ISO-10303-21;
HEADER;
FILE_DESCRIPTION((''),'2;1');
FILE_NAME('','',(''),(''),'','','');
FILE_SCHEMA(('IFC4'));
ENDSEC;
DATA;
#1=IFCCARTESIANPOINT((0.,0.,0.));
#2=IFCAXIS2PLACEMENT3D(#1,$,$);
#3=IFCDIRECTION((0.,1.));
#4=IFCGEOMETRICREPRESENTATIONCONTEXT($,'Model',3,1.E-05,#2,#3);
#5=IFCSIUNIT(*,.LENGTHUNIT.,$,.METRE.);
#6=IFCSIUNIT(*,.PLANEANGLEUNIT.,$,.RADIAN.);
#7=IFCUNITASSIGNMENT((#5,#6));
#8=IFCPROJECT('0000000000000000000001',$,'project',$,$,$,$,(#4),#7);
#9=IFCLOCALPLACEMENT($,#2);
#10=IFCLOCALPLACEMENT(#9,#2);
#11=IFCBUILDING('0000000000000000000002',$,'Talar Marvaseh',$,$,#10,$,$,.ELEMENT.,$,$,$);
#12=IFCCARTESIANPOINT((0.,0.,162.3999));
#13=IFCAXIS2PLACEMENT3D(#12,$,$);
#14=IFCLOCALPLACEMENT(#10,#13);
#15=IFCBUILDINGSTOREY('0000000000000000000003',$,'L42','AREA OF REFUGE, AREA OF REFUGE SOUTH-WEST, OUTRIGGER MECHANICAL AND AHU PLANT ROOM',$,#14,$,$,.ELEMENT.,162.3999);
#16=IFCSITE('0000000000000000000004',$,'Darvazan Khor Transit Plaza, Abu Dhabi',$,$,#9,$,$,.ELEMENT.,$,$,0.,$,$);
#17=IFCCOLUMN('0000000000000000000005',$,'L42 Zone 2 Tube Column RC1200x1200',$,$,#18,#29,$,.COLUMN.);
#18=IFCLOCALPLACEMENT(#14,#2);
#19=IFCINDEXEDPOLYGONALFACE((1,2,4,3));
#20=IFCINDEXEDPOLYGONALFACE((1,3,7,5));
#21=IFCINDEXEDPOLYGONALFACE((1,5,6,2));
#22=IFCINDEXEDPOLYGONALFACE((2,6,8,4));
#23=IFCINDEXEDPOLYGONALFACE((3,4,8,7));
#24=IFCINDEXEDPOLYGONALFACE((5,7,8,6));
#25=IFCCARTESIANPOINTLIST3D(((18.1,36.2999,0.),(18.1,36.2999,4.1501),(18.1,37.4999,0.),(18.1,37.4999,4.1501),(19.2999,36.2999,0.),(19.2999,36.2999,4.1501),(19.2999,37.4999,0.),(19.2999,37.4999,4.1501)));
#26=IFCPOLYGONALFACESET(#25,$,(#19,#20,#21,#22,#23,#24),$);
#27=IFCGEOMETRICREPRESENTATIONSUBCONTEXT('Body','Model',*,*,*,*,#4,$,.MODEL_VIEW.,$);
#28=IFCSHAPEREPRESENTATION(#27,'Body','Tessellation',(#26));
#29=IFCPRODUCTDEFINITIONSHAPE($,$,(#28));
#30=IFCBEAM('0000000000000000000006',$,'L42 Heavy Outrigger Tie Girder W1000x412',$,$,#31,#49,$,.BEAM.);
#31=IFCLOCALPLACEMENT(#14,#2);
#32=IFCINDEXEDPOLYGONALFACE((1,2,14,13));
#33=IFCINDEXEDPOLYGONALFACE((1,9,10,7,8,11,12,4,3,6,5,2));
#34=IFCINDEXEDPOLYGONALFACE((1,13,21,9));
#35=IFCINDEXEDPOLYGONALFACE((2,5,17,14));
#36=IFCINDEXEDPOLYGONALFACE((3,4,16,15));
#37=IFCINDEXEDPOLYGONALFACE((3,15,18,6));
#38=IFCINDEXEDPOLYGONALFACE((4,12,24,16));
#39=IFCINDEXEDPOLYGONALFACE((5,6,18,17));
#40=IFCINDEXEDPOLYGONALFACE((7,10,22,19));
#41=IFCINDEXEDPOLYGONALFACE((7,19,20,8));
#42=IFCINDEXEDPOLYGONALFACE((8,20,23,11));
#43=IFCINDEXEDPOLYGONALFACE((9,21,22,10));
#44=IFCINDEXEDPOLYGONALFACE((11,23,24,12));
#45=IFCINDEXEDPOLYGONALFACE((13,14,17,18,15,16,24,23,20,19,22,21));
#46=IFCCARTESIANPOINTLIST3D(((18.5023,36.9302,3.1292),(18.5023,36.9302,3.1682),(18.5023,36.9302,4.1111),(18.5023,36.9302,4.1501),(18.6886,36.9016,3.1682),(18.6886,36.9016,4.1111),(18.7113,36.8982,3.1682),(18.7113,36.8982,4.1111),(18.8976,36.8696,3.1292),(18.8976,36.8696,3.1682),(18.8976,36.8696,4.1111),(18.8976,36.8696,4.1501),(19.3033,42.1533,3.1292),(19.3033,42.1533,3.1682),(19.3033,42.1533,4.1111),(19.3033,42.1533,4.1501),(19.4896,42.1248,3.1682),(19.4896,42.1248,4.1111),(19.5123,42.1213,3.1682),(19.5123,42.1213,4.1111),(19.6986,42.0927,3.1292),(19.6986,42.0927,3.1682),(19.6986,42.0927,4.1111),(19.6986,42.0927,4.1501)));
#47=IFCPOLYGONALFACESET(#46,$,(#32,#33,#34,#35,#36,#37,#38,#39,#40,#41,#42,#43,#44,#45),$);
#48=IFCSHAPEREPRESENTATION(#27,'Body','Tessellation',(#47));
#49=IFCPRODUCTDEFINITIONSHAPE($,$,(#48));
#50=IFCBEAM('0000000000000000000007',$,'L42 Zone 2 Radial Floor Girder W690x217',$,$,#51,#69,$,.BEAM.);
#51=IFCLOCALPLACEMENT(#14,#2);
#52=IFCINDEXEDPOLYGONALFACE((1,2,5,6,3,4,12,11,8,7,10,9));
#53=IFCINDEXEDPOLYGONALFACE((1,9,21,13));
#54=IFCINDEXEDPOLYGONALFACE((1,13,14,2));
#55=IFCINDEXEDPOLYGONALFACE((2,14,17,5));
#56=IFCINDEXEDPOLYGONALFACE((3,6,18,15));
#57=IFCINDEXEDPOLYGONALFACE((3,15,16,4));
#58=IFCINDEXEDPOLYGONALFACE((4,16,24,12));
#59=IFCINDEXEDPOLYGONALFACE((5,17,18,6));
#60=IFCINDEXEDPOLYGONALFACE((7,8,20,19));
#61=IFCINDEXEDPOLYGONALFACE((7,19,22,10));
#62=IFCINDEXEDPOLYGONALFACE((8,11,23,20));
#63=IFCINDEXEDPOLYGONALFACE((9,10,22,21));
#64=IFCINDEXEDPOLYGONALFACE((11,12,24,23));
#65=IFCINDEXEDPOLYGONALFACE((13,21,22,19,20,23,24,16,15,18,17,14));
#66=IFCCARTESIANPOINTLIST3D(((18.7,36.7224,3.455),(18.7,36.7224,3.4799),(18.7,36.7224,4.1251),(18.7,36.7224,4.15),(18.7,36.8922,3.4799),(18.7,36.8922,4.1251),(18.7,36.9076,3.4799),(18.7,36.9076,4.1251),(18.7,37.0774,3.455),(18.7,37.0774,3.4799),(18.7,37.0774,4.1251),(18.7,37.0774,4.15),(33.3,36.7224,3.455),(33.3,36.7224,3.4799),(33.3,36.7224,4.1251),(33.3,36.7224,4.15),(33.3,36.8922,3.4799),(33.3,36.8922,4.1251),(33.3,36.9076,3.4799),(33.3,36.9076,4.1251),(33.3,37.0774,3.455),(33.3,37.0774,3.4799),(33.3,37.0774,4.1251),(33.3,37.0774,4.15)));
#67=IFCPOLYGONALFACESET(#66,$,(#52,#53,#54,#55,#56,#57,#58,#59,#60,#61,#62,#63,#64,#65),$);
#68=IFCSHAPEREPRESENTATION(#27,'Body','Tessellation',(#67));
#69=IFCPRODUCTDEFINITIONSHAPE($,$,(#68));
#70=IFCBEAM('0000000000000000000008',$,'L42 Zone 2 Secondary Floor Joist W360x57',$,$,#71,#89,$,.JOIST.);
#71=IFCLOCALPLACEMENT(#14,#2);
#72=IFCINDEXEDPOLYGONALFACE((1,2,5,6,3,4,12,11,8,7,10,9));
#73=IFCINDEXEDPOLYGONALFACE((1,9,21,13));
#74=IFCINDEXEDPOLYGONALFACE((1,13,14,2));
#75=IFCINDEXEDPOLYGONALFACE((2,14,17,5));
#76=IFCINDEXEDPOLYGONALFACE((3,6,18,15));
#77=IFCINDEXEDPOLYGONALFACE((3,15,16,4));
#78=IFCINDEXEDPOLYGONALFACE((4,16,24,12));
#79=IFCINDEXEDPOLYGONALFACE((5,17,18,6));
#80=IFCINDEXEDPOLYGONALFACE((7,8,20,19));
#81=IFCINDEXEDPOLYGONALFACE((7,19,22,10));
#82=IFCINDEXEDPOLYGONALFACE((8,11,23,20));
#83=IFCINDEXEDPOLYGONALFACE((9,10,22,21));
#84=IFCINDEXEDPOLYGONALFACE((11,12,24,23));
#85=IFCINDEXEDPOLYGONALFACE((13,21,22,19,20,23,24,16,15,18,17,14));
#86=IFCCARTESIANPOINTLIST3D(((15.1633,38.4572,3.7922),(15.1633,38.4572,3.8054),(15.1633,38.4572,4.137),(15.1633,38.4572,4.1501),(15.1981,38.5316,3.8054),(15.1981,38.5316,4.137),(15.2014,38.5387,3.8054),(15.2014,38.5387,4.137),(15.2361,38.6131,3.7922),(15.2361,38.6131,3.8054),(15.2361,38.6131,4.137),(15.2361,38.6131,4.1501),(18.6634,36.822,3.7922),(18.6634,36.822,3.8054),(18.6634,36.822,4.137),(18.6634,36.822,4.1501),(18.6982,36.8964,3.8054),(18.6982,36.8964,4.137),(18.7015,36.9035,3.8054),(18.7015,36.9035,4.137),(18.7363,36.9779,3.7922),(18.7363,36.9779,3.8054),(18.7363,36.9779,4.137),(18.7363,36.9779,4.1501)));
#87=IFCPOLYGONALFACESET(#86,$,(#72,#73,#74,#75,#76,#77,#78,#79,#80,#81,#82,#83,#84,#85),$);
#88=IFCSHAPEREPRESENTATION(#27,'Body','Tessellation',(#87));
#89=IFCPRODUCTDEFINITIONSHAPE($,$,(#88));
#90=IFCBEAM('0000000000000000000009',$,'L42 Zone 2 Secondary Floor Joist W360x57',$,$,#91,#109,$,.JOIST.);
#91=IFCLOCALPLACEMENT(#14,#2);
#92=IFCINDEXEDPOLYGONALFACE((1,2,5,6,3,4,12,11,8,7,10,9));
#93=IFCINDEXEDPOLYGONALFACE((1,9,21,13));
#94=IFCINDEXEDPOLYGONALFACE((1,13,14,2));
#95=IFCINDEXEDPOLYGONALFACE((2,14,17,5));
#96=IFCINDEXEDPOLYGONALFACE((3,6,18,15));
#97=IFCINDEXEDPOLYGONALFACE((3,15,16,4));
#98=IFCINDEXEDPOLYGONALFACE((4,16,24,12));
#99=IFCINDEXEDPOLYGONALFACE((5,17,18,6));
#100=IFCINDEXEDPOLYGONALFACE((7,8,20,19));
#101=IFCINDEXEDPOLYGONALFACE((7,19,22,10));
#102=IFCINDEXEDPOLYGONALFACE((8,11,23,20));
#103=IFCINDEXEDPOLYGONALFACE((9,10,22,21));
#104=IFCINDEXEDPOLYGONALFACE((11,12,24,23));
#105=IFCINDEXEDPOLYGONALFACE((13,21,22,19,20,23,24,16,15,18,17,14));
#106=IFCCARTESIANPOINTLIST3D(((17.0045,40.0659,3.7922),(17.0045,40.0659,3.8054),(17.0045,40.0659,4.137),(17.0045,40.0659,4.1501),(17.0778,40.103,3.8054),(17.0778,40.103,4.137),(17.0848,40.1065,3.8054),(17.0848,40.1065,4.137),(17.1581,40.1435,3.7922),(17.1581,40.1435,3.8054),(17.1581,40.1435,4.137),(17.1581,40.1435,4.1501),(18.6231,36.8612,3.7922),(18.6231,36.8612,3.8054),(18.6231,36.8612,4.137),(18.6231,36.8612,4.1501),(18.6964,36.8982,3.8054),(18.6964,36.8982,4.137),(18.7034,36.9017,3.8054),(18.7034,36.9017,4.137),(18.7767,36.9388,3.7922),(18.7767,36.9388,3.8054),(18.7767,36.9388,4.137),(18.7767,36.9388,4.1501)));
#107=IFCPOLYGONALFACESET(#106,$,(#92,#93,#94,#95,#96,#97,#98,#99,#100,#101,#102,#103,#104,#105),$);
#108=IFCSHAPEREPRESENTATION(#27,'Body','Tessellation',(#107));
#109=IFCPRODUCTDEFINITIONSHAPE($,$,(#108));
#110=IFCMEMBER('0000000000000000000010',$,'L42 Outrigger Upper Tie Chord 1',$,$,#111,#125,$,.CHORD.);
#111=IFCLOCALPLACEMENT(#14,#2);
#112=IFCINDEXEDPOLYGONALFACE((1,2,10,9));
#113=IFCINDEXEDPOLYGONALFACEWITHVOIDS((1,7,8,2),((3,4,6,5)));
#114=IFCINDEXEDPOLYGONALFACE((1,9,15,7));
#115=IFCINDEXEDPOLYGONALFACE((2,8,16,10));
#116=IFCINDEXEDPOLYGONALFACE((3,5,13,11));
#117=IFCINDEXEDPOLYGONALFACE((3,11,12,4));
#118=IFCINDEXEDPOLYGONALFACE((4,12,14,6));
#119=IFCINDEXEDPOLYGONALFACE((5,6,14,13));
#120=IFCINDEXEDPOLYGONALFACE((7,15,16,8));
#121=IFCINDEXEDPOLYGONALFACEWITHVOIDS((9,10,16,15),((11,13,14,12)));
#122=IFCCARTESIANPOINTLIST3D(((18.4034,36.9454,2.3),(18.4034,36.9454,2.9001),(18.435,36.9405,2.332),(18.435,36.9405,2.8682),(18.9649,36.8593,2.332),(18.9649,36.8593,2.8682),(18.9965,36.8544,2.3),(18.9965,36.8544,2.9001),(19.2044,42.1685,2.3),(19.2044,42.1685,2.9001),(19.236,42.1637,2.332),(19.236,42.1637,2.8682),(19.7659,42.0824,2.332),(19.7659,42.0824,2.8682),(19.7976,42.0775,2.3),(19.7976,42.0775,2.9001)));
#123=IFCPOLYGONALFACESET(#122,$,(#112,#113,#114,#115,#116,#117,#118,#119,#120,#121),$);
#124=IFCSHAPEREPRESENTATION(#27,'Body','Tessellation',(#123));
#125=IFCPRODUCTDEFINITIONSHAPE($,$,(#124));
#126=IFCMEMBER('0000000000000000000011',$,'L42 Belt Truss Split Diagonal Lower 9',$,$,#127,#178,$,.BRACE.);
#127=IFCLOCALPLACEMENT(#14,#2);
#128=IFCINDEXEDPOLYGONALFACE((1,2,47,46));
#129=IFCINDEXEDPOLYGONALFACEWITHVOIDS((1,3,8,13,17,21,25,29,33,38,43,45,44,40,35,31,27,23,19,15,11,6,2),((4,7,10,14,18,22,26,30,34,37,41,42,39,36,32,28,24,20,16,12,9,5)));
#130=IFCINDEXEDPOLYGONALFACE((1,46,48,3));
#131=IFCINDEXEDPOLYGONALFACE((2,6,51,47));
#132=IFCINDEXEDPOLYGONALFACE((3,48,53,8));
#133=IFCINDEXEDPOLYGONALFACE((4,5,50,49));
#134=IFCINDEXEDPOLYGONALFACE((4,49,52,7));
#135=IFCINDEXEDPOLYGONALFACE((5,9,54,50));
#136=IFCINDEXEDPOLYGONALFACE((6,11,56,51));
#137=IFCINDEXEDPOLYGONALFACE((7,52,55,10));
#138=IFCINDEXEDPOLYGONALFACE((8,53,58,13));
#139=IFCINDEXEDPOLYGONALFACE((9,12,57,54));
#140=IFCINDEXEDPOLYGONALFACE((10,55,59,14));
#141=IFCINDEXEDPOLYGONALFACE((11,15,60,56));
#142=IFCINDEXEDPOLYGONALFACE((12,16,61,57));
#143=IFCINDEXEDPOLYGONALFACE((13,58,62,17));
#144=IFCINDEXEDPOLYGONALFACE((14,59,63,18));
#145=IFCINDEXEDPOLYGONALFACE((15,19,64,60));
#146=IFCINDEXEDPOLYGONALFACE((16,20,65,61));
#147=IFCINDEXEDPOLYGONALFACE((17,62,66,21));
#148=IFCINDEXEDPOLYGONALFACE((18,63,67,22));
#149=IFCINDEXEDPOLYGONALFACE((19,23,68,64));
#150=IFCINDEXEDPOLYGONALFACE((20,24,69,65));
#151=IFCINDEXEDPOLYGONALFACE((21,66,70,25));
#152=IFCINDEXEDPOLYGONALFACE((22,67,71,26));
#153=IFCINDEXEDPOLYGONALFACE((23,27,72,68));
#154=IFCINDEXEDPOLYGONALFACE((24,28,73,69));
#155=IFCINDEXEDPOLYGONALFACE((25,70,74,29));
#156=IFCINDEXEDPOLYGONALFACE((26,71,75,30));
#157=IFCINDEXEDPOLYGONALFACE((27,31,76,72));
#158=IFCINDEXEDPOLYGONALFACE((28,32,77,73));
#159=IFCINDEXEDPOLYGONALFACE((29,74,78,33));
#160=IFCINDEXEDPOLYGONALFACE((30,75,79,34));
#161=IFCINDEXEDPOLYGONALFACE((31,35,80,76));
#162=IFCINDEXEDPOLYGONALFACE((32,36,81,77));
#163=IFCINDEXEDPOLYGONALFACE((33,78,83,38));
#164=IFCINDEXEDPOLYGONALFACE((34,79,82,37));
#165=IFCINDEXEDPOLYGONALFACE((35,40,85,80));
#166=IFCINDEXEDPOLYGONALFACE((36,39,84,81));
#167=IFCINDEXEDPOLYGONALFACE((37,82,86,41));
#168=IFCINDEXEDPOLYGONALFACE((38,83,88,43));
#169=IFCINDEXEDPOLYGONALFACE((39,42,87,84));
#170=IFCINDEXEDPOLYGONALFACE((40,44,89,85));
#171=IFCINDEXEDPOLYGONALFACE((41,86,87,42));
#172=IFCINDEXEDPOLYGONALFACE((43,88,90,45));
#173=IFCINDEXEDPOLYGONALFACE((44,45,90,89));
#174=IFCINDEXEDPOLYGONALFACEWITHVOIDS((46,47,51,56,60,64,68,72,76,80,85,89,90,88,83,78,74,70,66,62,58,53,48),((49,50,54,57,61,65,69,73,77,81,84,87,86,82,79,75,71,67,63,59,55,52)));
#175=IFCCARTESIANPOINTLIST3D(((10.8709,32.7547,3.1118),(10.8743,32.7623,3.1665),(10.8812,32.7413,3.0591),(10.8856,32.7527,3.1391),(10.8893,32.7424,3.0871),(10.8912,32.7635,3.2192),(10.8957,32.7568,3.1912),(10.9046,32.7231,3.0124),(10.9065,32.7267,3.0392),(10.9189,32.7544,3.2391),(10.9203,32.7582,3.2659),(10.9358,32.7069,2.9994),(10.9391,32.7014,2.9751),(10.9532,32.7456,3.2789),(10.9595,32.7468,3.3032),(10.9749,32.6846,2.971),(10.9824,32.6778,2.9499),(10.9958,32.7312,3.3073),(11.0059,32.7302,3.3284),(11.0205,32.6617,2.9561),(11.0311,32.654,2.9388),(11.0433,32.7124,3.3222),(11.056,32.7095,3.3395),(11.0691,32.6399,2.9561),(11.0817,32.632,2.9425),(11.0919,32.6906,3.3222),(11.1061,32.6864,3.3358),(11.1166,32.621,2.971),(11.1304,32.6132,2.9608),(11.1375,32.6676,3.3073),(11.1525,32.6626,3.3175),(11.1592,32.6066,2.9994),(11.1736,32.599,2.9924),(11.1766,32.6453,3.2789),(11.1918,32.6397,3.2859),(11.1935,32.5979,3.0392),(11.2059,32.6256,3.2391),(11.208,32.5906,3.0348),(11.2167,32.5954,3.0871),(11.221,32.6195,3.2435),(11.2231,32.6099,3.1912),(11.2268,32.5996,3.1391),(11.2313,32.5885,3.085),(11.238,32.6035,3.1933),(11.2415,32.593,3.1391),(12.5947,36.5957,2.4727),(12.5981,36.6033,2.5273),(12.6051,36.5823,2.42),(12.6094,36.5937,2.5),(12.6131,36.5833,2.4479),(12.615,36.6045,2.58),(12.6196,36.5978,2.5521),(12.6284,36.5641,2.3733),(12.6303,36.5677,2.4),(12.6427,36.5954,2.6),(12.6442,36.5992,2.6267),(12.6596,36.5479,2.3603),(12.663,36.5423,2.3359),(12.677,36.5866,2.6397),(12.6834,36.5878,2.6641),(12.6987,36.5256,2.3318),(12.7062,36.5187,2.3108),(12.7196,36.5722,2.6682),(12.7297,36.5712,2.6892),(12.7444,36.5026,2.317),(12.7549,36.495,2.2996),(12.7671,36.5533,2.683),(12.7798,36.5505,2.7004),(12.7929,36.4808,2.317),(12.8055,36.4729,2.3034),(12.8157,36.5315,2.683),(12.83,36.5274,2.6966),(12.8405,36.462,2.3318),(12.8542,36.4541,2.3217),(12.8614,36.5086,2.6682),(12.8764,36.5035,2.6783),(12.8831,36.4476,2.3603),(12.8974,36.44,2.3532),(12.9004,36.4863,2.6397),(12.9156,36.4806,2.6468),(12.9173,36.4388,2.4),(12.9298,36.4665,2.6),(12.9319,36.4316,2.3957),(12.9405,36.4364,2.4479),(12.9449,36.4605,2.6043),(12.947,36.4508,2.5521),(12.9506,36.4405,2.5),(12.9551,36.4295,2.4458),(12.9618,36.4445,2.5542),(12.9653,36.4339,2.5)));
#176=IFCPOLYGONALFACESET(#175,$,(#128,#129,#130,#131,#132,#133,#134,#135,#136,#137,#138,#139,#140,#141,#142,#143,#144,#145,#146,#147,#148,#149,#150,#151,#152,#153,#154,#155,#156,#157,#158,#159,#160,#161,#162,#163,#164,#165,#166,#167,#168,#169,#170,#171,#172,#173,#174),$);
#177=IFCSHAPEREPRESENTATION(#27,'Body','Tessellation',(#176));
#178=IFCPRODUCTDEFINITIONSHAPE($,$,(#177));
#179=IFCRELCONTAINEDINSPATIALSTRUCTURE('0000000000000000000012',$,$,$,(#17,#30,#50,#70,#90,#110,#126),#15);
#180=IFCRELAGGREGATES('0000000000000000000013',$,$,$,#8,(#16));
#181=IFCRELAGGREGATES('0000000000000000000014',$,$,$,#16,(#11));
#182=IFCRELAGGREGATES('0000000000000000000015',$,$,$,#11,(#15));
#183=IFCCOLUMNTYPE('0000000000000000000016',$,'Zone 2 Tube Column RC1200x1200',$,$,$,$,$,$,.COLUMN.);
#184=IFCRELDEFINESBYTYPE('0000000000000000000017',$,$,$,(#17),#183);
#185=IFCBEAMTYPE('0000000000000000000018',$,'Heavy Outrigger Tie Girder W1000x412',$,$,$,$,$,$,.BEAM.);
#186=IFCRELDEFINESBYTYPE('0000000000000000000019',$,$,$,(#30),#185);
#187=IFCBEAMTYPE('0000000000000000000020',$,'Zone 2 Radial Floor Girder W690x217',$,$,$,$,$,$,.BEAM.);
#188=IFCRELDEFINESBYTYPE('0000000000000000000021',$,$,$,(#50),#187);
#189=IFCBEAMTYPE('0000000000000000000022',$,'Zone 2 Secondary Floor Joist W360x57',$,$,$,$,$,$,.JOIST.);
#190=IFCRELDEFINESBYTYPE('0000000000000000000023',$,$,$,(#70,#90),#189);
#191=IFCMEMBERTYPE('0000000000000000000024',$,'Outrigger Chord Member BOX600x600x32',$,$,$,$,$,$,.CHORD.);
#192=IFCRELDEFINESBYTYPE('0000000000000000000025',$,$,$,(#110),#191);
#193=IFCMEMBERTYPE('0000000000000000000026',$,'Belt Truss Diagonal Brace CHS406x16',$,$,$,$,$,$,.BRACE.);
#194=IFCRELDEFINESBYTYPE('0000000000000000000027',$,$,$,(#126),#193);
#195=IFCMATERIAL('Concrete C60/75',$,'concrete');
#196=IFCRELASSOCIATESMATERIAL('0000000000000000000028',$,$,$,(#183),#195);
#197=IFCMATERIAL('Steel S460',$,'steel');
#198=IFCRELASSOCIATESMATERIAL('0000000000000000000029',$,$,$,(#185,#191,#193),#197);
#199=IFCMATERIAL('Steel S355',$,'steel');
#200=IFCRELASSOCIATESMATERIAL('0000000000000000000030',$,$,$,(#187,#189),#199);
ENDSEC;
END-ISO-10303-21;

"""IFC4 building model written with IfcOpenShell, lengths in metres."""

from ifc_helpers import new_model, si_unit, direction, frame, origin, origin_2d, place, context, subcontext, project, spatial, rectangle, hollow_rectangle, hollow_circle, i_section, extrude, source, transform, mapped, material, material_profile, profile_set, type_object, type_shapes, element, save


model = new_model("IFC4")

# Units and contexts
model_context = context("Model", 3, precision=1e-05, world=origin(), true_north=direction((0.0, 1.0)))
body_context = subcontext(model_context, "Body", "Model", "MODEL_VIEW")
ifc_project = project(units=[si_unit("LENGTHUNIT", "METRE"), si_unit("PLANEANGLEUNIT", "RADIAN")], contexts=[model_context])

# Site, building, storey
site_placement = place(None, origin())
site = spatial("IfcSite", under=ifc_project, at=site_placement, Name="Darvazan Khor Transit Plaza, Abu Dhabi", CompositionType="ELEMENT", RefElevation=0.0)
building_placement = place(site_placement, origin())
building = spatial("IfcBuilding", under=site, at=building_placement, Name="Talar Marvaseh", CompositionType="ELEMENT")
storey_placement = place(building_placement, frame((0.0, 0.0, 162.3999)))
storey = spatial("IfcBuildingStorey", under=building, at=storey_placement, Name="L42", Description="AREA OF REFUGE, AREA OF REFUGE SOUTH-WEST, OUTRIGGER MECHANICAL AND AHU PLANT ROOM", CompositionType="ELEMENT", Elevation=162.3999)

# Column
ifc_material_1 = material(Name="Concrete C60/75", Category="concrete")
ifc_material_profile_1 = material_profile(ifc_material_1, rectangle(XDim=1.2, YDim=1.2, at=origin_2d()), Name="RC1200x1200")
ifc_profile_set_1 = profile_set([ifc_material_profile_1], Name="Concrete C60/75")
column_type = type_object("IfcColumnType", Name="Zone 2 Tube Column RC1200x1200", PredefinedType="COLUMN", material=ifc_profile_set_1)
column_placement = place(storey_placement, frame((18.7, 36.8999, 0.0), z_axis=(0.0, 0.0, 1.0), x_axis=(1.0, 0.0, 0.0)))
element("IfcColumn", 1, at=column_placement, inside=storey, type_object=column_type, Name="L42 Zone 2 Tube Column RC1200x1200", PredefinedType="COLUMN", context=body_context, shape_type="SweptSolid", body=[
    extrude(rectangle(XDim=1.2, YDim=1.2, at=origin_2d()), origin(), (0.0, 0.0, 1.0), 4.1501),
])

# Beams
ifc_material_2 = material(Name="Steel S460", Category="steel")
ifc_material_profile_2 = material_profile(ifc_material_2, i_section(OverallWidth=0.3999, OverallDepth=1.021, WebThickness=0.0229, FlangeThickness=0.0391, at=origin_2d()), Name="W1000x412")
ifc_profile_set_2 = profile_set([ifc_material_profile_2], Name="Steel S460")
beam_type_1 = type_object("IfcBeamType", Name="Heavy Outrigger Tie Girder W1000x412", PredefinedType="BEAM", material=ifc_profile_set_2)
beam_1_placement = place(storey_placement, frame((18.7, 36.8999, 3.6396), z_axis=(0.151588, 0.988444, 0.0), x_axis=(-0.988444, 0.151588, 0.0)))
element("IfcBeam", 2, at=beam_1_placement, inside=storey, type_object=beam_type_1, Name="L42 Heavy Outrigger Tie Girder W1000x412", PredefinedType="BEAM", context=body_context, shape_type="SweptSolid", body=[
    extrude(i_section(OverallWidth=0.3999, OverallDepth=1.021, WebThickness=0.0229, FlangeThickness=0.0391, at=origin_2d()), origin(), (0.0, 0.0, 1.0), 5.2842),
])
ifc_material_3 = material(Name="Steel S355", Category="steel")
ifc_material_profile_3 = material_profile(ifc_material_3, i_section(OverallWidth=0.355, OverallDepth=0.6951, WebThickness=0.0154, FlangeThickness=0.0249, at=origin_2d()), Name="W690x217")
ifc_profile_set_3 = profile_set([ifc_material_profile_3], Name="Steel S355")
beam_type_2 = type_object("IfcBeamType", Name="Zone 2 Radial Floor Girder W690x217", PredefinedType="BEAM", material=ifc_profile_set_3)
beam_2_placement = place(storey_placement, frame((18.7, 36.8999, 3.8025), z_axis=(1.0, 0.0, 0.0), x_axis=(0.0, 1.0, 0.0)))
element("IfcBeam", 3, at=beam_2_placement, inside=storey, type_object=beam_type_2, Name="L42 Zone 2 Radial Floor Girder W690x217", PredefinedType="BEAM", context=body_context, shape_type="SweptSolid", body=[
    extrude(i_section(OverallWidth=0.355, OverallDepth=0.6951, WebThickness=0.0154, FlangeThickness=0.0249, at=origin_2d()), origin(), (0.0, 0.0, 1.0), 14.6001),
])
ifc_material_profile_4 = material_profile(ifc_material_3, i_section(OverallWidth=0.1721, OverallDepth=0.3579, WebThickness=0.0078, FlangeThickness=0.0132, at=origin_2d()), Name="W360x57")
ifc_profile_set_4 = profile_set([ifc_material_profile_4], Name="Steel S355")
beam_type_3 = type_object("IfcBeamType", Name="Zone 2 Secondary Floor Joist W360x57", PredefinedType="JOIST", material=ifc_profile_set_4)
beam_3_placement = place(storey_placement, frame((15.1997, 38.5352, 3.9712), z_axis=(0.906004, -0.423269, 0.0), x_axis=(0.423269, 0.906004, 0.0)))
element("IfcBeam", 4, at=beam_3_placement, inside=storey, type_object=beam_type_3, Name="L42 Zone 2 Secondary Floor Joist W360x57", PredefinedType="JOIST", context=body_context, shape_type="SweptSolid", body=[
    extrude(i_section(OverallWidth=0.1721, OverallDepth=0.3579, WebThickness=0.0078, FlangeThickness=0.0132, at=origin_2d()), origin(), (0.0, 0.0, 1.0), 3.8633),
])
beam_4_placement = place(storey_placement, frame((17.0813, 40.1047, 3.9712), z_axis=(0.450827, -0.892611, 0.0), x_axis=(0.892611, 0.450827, 0.0)))
element("IfcBeam", 5, at=beam_4_placement, inside=storey, type_object=beam_type_3, Name="L42 Zone 2 Secondary Floor Joist W360x57", PredefinedType="JOIST", context=body_context, shape_type="SweptSolid", body=[
    extrude(i_section(OverallWidth=0.1721, OverallDepth=0.3579, WebThickness=0.0078, FlangeThickness=0.0132, at=origin_2d()), origin(), (0.0, 0.0, 1.0), 3.5903),
])

# Members
ifc_material_profile_5 = material_profile(ifc_material_2, hollow_rectangle(XDim=0.6001, YDim=0.6001, WallThickness=0.032, at=origin_2d()), Name="BOX600x600x32")
ifc_profile_set_5 = profile_set([ifc_material_profile_5], Name="Steel S460")
member_type_1 = type_object("IfcMemberType", Name="Outrigger Chord Member BOX600x600x32", PredefinedType="CHORD", material=ifc_profile_set_5)
shared_shape_1 = source(origin(), body_context, "Body", "SweptSolid", [
    extrude(hollow_rectangle(XDim=0.6001, YDim=0.6001, WallThickness=0.032, at=origin_2d()), origin(), (0.0, 0.0, 1.0), 5.2842),
])
type_shapes(member_type_1, [shared_shape_1])
member_1_placement = place(storey_placement, frame((18.7, 36.8999, 2.6001), z_axis=(0.151588, 0.988444, 0.0), x_axis=(-0.988444, 0.151588, 0.0)))
element("IfcMember", 6, at=member_1_placement, inside=storey, type_object=member_type_1, Name="L42 Outrigger Upper Tie Chord 1", PredefinedType="CHORD", context=body_context, shape_type="MappedRepresentation", body=[
    mapped(shared_shape_1, transform((0.0, 0.0, 0.0), x_axis=(1.0, 0.0, 0.0), y_axis=(0.0, 1.0, 0.0), z_axis=(0.0, 0.0, 1.0), scale=1.0)),
])
ifc_material_profile_6 = material_profile(ifc_material_2, hollow_circle(Radius=0.2031, WallThickness=0.0161, at=origin_2d()), Name="CHS406x16")
ifc_profile_set_6 = profile_set([ifc_material_profile_6], Name="Steel S460")
member_type_2 = type_object("IfcMemberType", Name="Belt Truss Diagonal Brace CHS406x16", PredefinedType="BRACE", material=ifc_profile_set_6)
shared_shape_2 = source(origin(), body_context, "Body", "SweptSolid", [
    extrude(hollow_circle(Radius=0.2031, WallThickness=0.0161, at=origin_2d()), origin(), (0.0, 0.0, 1.0), 4.2583),
])
member_2_placement = place(storey_placement, frame((12.78, 36.5171, 2.5), z_axis=(-0.404817, -0.901995, 0.150094), x_axis=(0.91233, -0.409455, 0.0)))
element("IfcMember", 7, at=member_2_placement, inside=storey, type_object=member_type_2, Name="L42 Belt Truss Split Diagonal Lower 9", PredefinedType="BRACE", context=body_context, shape_type="MappedRepresentation", body=[
    mapped(shared_shape_2, transform((0.0, 0.0, 0.0), x_axis=(1.0, 0.0, 0.0), y_axis=(0.0, 1.0, 0.0), z_axis=(0.0, 0.0, 1.0), scale=1.0)),
])

save(model, "model.ifc")
